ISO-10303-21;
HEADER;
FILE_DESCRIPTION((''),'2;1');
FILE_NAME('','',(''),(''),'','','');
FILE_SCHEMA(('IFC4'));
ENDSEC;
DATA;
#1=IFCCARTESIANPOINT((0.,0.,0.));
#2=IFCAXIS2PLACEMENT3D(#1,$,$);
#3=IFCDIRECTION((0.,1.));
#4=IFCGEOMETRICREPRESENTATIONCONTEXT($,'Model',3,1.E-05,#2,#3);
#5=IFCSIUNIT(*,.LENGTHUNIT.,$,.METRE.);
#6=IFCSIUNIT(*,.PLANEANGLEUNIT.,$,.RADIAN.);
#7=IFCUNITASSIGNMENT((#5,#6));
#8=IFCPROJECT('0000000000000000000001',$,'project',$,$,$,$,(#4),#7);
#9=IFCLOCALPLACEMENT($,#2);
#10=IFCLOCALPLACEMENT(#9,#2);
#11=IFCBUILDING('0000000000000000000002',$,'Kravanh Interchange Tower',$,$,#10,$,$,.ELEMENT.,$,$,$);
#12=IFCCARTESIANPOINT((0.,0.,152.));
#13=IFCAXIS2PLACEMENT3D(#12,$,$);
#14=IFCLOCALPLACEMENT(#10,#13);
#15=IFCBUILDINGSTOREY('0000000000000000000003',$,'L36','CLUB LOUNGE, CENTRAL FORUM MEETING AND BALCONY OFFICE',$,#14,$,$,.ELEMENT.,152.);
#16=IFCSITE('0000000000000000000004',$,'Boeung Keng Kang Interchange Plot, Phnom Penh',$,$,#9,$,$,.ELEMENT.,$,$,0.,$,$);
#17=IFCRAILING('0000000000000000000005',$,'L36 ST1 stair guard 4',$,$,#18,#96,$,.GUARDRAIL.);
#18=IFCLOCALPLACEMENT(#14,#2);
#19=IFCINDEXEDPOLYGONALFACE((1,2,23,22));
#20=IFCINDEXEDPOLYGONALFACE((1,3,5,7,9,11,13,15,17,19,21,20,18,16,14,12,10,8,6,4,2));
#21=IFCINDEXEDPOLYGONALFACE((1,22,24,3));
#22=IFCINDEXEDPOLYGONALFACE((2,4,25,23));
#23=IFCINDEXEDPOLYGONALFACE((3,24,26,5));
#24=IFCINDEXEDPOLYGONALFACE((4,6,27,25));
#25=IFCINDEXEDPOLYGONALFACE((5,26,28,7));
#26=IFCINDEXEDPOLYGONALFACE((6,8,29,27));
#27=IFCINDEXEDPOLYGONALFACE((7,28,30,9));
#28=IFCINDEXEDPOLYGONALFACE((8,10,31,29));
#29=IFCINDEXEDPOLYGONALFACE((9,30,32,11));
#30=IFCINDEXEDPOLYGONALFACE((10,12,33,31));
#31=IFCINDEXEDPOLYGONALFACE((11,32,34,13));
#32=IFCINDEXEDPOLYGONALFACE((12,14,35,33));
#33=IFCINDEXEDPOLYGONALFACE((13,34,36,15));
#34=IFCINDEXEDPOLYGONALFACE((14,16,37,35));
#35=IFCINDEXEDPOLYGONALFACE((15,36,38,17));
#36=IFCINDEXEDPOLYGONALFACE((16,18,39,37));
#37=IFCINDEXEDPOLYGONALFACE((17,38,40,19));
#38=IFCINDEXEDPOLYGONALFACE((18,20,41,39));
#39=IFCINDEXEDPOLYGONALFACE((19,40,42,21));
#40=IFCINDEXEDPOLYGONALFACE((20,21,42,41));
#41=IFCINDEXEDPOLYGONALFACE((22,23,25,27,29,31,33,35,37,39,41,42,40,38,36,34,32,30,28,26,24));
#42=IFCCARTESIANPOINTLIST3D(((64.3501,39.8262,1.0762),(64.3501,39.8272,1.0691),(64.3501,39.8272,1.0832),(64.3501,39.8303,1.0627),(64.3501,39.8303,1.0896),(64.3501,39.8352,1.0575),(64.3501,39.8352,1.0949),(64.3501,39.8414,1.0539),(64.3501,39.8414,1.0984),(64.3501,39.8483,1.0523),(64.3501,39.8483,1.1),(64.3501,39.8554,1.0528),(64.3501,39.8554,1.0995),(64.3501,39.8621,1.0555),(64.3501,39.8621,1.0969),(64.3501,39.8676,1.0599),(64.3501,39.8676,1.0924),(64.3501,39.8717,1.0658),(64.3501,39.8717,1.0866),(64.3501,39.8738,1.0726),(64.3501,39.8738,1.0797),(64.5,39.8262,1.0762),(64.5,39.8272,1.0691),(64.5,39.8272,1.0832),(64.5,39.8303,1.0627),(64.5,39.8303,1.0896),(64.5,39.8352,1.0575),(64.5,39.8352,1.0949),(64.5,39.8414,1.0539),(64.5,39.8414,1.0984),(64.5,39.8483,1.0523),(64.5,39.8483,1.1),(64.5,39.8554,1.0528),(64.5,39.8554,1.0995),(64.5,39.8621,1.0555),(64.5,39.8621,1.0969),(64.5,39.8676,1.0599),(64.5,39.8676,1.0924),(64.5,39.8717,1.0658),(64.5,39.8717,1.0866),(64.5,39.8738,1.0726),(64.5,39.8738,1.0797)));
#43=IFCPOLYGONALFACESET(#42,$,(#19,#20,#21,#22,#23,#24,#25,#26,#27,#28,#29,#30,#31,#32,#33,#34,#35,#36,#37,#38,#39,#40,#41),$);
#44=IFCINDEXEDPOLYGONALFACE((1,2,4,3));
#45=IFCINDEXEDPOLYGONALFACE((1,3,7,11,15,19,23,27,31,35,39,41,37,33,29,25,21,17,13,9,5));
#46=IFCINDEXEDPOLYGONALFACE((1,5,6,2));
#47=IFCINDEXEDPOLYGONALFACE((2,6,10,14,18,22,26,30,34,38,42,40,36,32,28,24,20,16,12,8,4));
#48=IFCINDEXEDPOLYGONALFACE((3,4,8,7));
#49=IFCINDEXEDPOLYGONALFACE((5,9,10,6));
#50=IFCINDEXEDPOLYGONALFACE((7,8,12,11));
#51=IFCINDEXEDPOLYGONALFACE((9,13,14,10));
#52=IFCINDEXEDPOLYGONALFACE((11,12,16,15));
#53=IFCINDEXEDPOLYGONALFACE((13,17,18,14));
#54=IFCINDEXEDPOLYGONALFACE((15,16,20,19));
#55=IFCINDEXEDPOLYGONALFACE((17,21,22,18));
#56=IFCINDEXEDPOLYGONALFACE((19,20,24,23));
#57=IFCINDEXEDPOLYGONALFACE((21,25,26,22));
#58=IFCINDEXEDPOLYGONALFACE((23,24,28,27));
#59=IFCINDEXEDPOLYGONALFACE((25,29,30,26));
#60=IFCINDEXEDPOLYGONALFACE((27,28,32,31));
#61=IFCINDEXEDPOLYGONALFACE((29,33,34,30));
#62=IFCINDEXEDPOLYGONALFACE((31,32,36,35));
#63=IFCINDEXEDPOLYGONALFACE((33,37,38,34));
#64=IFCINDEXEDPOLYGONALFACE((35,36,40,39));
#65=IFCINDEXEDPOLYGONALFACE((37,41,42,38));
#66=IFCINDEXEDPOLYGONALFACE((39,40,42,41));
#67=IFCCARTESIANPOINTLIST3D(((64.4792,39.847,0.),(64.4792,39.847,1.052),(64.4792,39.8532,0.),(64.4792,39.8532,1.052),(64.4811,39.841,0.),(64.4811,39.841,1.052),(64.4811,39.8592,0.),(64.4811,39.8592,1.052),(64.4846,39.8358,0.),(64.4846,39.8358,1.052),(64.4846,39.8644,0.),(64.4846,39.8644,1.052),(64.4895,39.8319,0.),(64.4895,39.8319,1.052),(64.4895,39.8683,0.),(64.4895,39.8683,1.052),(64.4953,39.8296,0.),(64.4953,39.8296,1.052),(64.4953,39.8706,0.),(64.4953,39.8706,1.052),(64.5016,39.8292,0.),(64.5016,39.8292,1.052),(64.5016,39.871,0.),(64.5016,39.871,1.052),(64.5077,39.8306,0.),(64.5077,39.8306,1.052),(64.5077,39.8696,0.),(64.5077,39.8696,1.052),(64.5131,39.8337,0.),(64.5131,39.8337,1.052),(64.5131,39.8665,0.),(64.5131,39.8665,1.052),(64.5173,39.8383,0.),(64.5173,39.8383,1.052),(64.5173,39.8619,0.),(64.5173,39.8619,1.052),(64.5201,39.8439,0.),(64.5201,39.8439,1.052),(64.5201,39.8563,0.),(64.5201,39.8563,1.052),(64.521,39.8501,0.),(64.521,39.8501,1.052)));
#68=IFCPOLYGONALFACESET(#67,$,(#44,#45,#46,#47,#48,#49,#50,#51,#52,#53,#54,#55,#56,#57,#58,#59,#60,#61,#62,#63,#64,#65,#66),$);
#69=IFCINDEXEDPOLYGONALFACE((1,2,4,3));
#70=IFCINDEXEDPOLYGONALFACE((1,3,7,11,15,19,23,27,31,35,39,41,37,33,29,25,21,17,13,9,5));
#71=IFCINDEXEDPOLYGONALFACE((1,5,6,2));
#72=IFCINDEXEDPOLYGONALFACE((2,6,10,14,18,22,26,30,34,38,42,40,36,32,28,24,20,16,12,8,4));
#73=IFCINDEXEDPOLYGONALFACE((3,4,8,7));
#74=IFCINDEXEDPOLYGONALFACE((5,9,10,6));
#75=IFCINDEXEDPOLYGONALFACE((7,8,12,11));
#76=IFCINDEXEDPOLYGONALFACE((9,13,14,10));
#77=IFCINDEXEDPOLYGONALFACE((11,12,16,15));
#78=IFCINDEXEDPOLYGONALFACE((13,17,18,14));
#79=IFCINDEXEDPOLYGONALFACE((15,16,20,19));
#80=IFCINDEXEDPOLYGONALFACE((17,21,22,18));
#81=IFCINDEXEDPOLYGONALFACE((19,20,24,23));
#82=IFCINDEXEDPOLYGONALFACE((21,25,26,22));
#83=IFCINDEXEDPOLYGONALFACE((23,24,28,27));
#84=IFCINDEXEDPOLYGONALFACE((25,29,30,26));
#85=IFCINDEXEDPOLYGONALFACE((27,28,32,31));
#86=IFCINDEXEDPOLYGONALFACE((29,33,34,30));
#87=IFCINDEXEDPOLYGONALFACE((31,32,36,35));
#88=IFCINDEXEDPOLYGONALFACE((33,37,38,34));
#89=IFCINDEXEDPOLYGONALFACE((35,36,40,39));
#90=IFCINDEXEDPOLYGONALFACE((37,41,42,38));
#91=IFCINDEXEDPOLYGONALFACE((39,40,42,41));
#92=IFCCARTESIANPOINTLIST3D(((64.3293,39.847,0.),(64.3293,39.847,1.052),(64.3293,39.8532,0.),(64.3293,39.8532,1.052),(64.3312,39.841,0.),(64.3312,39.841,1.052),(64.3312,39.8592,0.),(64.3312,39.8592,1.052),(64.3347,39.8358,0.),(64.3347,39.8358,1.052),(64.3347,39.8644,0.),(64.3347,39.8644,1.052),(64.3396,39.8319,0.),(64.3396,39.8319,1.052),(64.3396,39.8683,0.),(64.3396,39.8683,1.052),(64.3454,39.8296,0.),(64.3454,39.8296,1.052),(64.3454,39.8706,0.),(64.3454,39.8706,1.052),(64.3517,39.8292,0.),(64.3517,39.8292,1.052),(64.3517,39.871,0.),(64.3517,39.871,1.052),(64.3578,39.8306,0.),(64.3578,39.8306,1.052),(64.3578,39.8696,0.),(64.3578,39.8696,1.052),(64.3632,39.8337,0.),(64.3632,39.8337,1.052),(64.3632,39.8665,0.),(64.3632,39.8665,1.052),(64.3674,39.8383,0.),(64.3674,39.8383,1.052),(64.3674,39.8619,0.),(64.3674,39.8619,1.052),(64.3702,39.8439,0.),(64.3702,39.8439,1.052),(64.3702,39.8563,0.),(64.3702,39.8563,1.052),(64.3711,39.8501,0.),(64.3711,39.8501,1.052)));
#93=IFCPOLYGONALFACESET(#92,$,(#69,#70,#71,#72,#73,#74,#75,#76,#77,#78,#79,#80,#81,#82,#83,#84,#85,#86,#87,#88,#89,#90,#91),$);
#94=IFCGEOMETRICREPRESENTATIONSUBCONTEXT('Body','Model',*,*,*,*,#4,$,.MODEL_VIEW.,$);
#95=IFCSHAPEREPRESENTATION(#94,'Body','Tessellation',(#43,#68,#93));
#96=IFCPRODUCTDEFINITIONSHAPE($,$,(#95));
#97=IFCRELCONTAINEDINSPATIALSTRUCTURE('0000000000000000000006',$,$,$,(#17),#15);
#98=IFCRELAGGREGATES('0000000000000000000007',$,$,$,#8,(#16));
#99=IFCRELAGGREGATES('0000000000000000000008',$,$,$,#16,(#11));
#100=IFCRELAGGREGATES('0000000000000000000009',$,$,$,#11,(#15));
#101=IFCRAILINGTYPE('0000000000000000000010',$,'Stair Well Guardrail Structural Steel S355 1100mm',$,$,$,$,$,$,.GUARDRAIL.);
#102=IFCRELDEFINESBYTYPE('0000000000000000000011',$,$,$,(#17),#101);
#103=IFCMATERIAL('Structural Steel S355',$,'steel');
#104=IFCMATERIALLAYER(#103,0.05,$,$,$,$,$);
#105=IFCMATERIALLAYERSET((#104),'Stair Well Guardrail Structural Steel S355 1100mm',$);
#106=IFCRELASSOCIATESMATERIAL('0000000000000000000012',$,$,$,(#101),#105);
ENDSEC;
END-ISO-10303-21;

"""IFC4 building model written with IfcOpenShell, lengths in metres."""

from ifc_helpers import new_model, si_unit, direction, frame, origin, origin_2d, place, context, subcontext, project, spatial, circle, extrude, material, layer, layer_set, type_object, element, save


model = new_model("IFC4")

# Units and contexts
model_context = context("Model", 3, precision=1e-05, world=origin(), true_north=direction((0.0, 1.0)))
body_context = subcontext(model_context, "Body", "Model", "MODEL_VIEW")
ifc_project = project(units=[si_unit("LENGTHUNIT", "METRE"), si_unit("PLANEANGLEUNIT", "RADIAN")], contexts=[model_context])

# Site, building, storey
site_placement = place(None, origin())
site = spatial("IfcSite", under=ifc_project, at=site_placement, Name="Boeung Keng Kang Interchange Plot, Phnom Penh", CompositionType="ELEMENT", RefElevation=0.0)
building_placement = place(site_placement, origin())
building = spatial("IfcBuilding", under=site, at=building_placement, Name="Kravanh Interchange Tower", CompositionType="ELEMENT")
storey_placement = place(building_placement, frame((0.0, 0.0, 152.0)))
storey = spatial("IfcBuildingStorey", under=building, at=storey_placement, Name="L36", Description="CLUB LOUNGE, CENTRAL FORUM MEETING AND BALCONY OFFICE", CompositionType="ELEMENT", Elevation=152.0)

# Railing
ifc_material_1 = material(Name="Structural Steel S355", Category="steel")
ifc_layer_1 = layer(ifc_material_1, 0.05)
ifc_layer_set_1 = layer_set([ifc_layer_1], Name="Stair Well Guardrail Structural Steel S355 1100mm")
railing_type_1 = type_object("IfcRailingType", Name="Stair Well Guardrail Structural Steel S355 1100mm", PredefinedType="GUARDRAIL", material=ifc_layer_set_1)
railing_1_placement = place(storey_placement, frame((64.5, 39.8501, 0.0)))
element("IfcRailing", 1, at=railing_1_placement, inside=storey, type_object=railing_type_1, Name="L36 ST1 stair guard 4", PredefinedType="GUARDRAIL", context=body_context, shape_type="SweptSolid", body=[
    extrude(circle(Radius=0.0239, at=origin_2d()), frame((0.0, 0.0, 1.0762), z_axis=(-1.0, 0.0, 0.0), x_axis=(0.0, -1.0, 0.0)), (0.0, 0.0, 1.0), 0.1499),
    extrude(circle(Radius=0.021, at=origin_2d()), origin(), (0.0, 0.0, 1.0), 1.052),
    extrude(circle(Radius=0.021, at=origin_2d()), frame((-0.1499, 0.0, 0.0)), (0.0, 0.0, 1.0), 1.052),
])

save(model, "model.ifc")
